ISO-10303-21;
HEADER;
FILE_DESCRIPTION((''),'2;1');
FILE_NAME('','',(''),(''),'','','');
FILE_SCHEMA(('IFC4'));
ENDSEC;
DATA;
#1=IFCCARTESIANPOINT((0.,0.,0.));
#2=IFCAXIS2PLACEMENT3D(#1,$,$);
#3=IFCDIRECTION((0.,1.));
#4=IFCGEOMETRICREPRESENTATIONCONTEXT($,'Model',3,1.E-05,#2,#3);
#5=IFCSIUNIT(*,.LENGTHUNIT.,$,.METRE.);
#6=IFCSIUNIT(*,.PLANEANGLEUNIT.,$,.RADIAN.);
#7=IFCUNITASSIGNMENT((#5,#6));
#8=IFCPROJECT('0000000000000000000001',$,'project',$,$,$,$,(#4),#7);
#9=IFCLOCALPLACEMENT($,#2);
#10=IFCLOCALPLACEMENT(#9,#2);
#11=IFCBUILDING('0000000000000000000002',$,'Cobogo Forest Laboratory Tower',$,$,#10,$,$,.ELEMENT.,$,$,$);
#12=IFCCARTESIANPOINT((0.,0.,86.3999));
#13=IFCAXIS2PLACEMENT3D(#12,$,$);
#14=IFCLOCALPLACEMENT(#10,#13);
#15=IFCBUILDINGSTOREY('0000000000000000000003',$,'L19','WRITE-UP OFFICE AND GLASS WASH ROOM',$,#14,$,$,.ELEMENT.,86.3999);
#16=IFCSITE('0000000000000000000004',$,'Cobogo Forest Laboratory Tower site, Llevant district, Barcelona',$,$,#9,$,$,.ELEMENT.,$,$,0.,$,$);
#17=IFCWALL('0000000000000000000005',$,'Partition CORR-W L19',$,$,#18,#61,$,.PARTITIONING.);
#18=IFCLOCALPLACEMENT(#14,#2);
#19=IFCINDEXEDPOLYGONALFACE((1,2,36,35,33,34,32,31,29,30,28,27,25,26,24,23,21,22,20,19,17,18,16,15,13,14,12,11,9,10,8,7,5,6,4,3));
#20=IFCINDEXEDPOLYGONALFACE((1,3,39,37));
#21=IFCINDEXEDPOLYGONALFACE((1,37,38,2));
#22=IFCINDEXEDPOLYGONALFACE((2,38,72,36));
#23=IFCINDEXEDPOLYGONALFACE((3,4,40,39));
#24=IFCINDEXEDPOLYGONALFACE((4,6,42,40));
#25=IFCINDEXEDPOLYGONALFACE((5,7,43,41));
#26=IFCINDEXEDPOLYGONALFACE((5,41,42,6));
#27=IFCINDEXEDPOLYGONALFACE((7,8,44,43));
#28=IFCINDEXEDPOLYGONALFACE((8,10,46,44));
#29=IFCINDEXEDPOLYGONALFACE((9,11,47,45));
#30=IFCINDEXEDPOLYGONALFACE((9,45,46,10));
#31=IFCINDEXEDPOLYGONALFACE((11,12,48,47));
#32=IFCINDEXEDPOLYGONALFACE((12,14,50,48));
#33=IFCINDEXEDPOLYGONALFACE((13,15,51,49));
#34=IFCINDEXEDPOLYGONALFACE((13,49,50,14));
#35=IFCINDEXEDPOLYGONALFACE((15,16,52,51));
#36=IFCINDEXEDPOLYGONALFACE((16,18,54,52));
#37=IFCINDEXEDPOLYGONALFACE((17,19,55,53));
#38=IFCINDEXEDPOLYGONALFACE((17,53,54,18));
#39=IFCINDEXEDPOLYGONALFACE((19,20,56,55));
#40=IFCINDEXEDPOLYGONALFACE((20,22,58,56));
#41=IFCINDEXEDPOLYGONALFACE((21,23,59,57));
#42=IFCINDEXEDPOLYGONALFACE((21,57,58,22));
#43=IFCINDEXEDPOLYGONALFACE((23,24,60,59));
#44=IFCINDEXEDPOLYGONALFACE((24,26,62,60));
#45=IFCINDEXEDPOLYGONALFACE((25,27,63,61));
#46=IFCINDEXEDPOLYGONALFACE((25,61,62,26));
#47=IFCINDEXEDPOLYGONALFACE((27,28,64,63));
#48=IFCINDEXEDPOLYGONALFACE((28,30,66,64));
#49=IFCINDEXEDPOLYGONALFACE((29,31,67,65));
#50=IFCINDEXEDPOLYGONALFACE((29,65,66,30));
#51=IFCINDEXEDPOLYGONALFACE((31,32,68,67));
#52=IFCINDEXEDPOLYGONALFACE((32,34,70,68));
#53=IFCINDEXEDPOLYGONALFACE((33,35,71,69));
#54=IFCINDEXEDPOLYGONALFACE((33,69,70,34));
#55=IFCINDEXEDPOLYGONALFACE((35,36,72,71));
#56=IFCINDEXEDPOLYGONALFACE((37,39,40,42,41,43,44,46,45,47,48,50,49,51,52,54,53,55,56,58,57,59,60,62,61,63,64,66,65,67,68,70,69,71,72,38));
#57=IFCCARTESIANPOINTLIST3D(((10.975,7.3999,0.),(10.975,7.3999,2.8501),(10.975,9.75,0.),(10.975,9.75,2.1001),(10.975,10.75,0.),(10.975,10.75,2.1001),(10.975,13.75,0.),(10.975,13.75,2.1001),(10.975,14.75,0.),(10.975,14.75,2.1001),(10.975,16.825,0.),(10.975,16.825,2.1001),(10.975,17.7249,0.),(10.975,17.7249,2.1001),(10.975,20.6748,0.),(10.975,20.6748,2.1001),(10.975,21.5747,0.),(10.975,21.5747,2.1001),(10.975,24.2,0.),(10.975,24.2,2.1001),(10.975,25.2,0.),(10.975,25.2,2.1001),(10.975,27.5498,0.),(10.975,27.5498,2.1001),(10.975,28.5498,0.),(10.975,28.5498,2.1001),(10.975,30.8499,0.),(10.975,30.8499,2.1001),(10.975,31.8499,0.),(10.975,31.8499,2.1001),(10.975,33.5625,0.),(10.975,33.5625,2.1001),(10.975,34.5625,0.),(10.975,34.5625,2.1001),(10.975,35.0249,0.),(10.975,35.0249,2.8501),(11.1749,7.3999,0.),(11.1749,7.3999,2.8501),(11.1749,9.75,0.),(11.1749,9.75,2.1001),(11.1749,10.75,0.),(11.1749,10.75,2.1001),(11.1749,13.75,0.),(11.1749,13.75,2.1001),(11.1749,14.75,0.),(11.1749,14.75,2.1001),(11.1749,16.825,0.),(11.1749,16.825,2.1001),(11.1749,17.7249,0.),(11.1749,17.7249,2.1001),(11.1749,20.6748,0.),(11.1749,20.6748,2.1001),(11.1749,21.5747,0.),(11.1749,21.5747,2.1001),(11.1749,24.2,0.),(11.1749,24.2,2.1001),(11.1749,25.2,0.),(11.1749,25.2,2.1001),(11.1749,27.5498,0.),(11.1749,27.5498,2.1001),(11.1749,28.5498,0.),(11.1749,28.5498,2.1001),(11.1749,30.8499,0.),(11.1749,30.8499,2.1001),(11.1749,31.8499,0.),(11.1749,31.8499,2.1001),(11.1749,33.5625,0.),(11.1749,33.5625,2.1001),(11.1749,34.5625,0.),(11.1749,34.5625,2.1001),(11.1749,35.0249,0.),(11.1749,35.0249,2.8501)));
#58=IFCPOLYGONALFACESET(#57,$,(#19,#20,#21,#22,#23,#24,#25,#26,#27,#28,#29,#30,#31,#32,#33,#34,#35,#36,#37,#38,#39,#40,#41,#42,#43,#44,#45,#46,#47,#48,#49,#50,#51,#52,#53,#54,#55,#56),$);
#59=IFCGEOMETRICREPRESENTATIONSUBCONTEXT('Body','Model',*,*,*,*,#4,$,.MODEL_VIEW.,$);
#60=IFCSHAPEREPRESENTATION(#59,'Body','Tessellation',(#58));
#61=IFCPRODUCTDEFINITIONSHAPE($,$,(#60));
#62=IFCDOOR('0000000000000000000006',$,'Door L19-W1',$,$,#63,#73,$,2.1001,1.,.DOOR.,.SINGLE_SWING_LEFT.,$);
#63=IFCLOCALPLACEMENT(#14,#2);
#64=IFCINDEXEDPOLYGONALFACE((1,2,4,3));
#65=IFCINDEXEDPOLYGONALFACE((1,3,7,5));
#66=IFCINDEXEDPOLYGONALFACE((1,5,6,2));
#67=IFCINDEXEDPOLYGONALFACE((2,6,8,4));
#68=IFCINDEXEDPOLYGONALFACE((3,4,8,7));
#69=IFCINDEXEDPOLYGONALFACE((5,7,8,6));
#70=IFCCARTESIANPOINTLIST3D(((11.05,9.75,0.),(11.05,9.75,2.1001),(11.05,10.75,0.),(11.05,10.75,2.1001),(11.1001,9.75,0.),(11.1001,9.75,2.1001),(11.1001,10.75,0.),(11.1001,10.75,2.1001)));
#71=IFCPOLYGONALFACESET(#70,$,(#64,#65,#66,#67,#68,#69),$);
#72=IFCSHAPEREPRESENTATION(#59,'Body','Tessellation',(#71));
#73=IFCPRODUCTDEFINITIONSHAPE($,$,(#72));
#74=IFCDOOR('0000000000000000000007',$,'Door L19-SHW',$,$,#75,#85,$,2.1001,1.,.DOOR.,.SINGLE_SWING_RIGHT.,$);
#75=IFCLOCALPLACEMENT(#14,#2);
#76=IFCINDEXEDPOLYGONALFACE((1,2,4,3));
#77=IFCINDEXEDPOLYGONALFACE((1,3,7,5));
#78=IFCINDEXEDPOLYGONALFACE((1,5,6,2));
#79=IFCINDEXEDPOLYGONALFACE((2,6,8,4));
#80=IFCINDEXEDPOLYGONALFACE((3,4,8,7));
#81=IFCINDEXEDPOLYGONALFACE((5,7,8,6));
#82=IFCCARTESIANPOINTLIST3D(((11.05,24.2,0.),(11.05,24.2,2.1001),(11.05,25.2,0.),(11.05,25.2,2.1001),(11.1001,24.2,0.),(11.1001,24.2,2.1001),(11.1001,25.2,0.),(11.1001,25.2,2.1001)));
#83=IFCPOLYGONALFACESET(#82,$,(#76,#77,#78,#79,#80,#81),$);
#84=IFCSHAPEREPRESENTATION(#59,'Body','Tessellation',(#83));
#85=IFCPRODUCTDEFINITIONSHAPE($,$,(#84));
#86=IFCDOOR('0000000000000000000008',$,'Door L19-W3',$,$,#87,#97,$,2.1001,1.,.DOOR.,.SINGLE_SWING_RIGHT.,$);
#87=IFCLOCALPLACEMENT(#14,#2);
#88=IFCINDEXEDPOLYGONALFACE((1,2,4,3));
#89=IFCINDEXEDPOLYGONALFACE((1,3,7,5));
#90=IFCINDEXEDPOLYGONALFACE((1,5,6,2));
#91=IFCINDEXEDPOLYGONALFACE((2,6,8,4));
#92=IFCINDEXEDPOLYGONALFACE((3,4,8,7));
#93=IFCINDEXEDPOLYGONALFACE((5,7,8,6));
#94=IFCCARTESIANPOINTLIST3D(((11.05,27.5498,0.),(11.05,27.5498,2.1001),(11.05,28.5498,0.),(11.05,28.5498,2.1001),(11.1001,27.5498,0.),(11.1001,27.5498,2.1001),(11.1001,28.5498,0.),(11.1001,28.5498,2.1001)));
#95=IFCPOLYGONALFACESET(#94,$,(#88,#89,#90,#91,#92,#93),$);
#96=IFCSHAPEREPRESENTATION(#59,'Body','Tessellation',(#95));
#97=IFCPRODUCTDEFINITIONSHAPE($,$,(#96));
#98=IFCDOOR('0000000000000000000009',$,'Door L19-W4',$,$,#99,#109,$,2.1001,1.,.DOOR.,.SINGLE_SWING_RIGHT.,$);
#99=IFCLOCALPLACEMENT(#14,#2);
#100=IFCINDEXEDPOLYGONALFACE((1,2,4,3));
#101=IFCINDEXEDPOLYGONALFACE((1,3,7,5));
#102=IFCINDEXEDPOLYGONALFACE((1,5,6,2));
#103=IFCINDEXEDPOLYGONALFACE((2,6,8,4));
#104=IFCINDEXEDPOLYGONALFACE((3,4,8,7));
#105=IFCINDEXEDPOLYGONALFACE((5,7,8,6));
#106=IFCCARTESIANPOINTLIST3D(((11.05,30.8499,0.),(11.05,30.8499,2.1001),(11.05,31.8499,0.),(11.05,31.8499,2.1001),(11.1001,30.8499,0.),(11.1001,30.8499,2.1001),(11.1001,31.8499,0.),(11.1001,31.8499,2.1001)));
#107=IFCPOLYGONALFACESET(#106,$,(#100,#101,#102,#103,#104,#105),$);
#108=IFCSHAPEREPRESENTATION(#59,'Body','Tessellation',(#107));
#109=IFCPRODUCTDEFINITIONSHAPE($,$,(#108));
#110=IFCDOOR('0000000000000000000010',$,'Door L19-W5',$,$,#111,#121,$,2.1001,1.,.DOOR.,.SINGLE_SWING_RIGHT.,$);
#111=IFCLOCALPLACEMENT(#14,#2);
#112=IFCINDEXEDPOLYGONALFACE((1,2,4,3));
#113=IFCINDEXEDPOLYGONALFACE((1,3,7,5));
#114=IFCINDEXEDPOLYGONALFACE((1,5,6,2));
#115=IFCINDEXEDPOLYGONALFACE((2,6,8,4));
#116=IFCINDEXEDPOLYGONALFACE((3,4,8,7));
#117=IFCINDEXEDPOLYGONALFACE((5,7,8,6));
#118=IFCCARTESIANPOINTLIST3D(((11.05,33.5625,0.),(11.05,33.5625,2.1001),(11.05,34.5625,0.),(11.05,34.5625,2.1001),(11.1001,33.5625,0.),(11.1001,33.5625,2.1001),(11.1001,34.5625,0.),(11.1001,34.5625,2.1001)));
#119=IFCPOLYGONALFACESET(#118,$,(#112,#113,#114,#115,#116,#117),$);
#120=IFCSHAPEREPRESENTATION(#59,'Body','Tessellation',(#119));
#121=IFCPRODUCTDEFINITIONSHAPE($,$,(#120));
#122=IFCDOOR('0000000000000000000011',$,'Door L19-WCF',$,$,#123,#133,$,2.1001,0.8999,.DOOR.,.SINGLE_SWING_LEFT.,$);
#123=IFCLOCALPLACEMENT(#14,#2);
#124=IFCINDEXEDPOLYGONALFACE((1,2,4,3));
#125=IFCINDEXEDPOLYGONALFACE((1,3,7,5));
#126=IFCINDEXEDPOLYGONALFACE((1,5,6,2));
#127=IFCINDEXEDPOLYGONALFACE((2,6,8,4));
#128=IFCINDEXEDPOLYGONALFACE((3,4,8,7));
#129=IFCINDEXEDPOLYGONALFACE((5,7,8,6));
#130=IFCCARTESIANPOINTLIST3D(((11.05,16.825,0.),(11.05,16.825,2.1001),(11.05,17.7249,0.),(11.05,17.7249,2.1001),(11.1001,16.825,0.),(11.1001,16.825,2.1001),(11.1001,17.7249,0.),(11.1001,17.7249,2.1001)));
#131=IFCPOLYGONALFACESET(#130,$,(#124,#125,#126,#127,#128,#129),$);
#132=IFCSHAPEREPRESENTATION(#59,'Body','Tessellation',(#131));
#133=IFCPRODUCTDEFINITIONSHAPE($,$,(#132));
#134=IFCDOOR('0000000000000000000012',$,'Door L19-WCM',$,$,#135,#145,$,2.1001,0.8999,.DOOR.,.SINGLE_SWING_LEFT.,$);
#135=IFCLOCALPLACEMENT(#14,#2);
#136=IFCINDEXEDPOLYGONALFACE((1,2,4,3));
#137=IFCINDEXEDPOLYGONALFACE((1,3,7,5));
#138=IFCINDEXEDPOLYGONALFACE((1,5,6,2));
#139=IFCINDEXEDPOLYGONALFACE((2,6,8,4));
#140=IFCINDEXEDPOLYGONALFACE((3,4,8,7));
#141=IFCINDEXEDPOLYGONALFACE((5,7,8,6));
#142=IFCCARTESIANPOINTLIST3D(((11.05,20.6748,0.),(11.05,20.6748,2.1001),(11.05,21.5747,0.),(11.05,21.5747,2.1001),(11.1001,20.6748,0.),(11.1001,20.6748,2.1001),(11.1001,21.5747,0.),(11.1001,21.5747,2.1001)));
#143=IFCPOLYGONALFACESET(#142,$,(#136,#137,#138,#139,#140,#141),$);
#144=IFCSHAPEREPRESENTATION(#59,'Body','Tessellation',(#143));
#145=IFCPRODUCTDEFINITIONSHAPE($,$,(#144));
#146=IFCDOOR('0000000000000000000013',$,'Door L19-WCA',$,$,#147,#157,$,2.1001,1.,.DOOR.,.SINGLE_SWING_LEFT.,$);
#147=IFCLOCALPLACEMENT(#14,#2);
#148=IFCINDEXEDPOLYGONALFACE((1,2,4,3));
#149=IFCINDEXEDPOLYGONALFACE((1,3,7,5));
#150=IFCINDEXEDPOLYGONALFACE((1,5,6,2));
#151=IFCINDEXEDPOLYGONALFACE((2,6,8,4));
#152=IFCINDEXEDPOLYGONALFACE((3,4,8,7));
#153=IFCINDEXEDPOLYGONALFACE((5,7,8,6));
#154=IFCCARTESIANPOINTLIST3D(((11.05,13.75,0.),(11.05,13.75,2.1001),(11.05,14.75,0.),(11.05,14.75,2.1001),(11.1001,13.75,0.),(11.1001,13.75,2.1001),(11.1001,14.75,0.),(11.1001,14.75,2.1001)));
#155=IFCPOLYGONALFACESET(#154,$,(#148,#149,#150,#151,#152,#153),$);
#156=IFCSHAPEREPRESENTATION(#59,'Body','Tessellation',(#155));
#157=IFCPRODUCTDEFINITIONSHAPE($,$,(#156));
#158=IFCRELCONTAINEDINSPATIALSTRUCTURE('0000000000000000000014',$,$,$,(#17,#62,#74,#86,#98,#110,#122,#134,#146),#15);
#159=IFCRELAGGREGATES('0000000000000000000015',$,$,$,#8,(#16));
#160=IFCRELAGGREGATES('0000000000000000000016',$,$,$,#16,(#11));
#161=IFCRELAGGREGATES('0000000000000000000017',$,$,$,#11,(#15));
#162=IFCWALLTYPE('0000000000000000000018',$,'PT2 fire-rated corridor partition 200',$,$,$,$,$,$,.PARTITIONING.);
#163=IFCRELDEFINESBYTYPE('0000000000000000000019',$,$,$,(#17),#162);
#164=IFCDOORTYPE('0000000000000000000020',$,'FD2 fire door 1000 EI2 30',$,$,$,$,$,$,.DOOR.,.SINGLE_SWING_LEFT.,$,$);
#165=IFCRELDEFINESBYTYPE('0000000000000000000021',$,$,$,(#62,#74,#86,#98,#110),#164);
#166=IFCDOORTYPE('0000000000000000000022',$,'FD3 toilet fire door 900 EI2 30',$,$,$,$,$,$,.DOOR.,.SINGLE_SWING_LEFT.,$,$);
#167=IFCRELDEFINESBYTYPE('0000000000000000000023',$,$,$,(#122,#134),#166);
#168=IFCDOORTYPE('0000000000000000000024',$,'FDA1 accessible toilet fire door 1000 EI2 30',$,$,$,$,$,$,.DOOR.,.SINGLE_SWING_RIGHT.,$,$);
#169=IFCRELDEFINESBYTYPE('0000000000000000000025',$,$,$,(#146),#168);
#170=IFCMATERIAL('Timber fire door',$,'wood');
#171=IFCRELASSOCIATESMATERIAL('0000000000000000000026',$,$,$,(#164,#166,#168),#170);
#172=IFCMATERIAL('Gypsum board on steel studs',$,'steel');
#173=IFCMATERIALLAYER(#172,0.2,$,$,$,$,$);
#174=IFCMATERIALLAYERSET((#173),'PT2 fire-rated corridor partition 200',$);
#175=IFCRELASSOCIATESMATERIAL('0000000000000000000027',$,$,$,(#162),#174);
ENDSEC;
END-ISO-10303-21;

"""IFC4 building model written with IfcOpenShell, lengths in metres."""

from ifc_helpers import new_model, si_unit, direction, frame, frame_2d, origin, place, context, subcontext, project, spatial, rectangle, extrude, material, layer, layer_set, type_object, element, fill, save


model = new_model("IFC4")

# Units and contexts
model_context = context("Model", 3, precision=1e-05, world=origin(), true_north=direction((0.0, 1.0)))
body_context = subcontext(model_context, "Body", "Model", "MODEL_VIEW")
ifc_project = project(units=[si_unit("LENGTHUNIT", "METRE"), si_unit("PLANEANGLEUNIT", "RADIAN")], contexts=[model_context])

# Site, building, storey
site_placement = place(None, origin())
site = spatial("IfcSite", under=ifc_project, at=site_placement, Name="Cobogo Forest Laboratory Tower site, Llevant district, Barcelona", CompositionType="ELEMENT", RefElevation=0.0)
building_placement = place(site_placement, origin())
building = spatial("IfcBuilding", under=site, at=building_placement, Name="Cobogo Forest Laboratory Tower", CompositionType="ELEMENT")
storey_placement = place(building_placement, frame((0.0, 0.0, 86.3999)))
storey = spatial("IfcBuildingStorey", under=building, at=storey_placement, Name="L19", Description="WRITE-UP OFFICE AND GLASS WASH ROOM", CompositionType="ELEMENT", Elevation=86.3999)

# Shared definitions
ifc_material_1 = material(Name="Gypsum board on steel studs", Category="steel")
ifc_material_2 = material(Name="Timber fire door", Category="wood")
door_type_1 = type_object("IfcDoorType", Name="FD2 fire door 1000 EI2 30", OperationType="SINGLE_SWING_LEFT", PredefinedType="DOOR", material=ifc_material_2)

# Wall, openings, doors
ifc_layer_1 = layer(ifc_material_1, 0.2)
ifc_layer_set_1 = layer_set([ifc_layer_1], Name="PT2 fire-rated corridor partition 200")
wall_type_1 = type_object("IfcWallType", Name="PT2 fire-rated corridor partition 200", PredefinedType="PARTITIONING", material=ifc_layer_set_1)
wall_1_placement = place(storey_placement, frame((11.075, 7.3999, 0.0), z_axis=(0.0, 0.0, 1.0), x_axis=(0.0, 1.0, 0.0)))
wall_1 = element("IfcWall", 1, at=wall_1_placement, inside=storey, type_object=wall_type_1, Name="Partition CORR-W L19", PredefinedType="PARTITIONING", context=body_context, shape_type="SweptSolid", body=[
    extrude(rectangle(XDim=27.625, YDim=0.2, at=frame_2d((13.8125, 0.0))), origin(), (0.0, 0.0, 1.0), 2.8501),
])
opening_1_placement = place(wall_1_placement, frame((2.3501, 0.0, 0.0)))
opening_1 = element("IfcOpeningElement", 2, at=opening_1_placement, cuts=wall_1, PredefinedType="OPENING", context=body_context, shape_type="SweptSolid", body=[
    extrude(rectangle(XDim=1.0, YDim=2.1001, at=frame_2d((0.5, 1.05))), frame((0.0, 0.1099, 0.0), z_axis=(0.0, -1.0, 0.0), x_axis=(1.0, 0.0, 0.0)), (0.0, 0.0, 1.0), 0.22),
])
opening_2_placement = place(wall_1_placement, frame((6.3501, 0.0, 0.0)))
opening_2 = element("IfcOpeningElement", 3, at=opening_2_placement, cuts=wall_1, PredefinedType="OPENING", context=body_context, shape_type="SweptSolid", body=[
    extrude(rectangle(XDim=1.0, YDim=2.1001, at=frame_2d((0.5, 1.05))), frame((0.0, 0.1099, 0.0), z_axis=(0.0, -1.0, 0.0), x_axis=(1.0, 0.0, 0.0)), (0.0, 0.0, 1.0), 0.22),
])
opening_3_placement = place(wall_1_placement, frame((9.425, 0.0, 0.0)))
opening_3 = element("IfcOpeningElement", 4, at=opening_3_placement, cuts=wall_1, PredefinedType="OPENING", context=body_context, shape_type="SweptSolid", body=[
    extrude(rectangle(XDim=0.8999, YDim=2.1001, at=frame_2d((0.45, 1.05))), frame((0.0, 0.1099, 0.0), z_axis=(0.0, -1.0, 0.0), x_axis=(1.0, 0.0, 0.0)), (0.0, 0.0, 1.0), 0.22),
])
opening_4_placement = place(wall_1_placement, frame((13.2749, 0.0, 0.0)))
opening_4 = element("IfcOpeningElement", 5, at=opening_4_placement, cuts=wall_1, PredefinedType="OPENING", context=body_context, shape_type="SweptSolid", body=[
    extrude(rectangle(XDim=0.8999, YDim=2.1001, at=frame_2d((0.45, 1.05))), frame((0.0, 0.1099, 0.0), z_axis=(0.0, -1.0, 0.0), x_axis=(1.0, 0.0, 0.0)), (0.0, 0.0, 1.0), 0.22),
])
opening_5_placement = place(wall_1_placement, frame((16.8, 0.0, 0.0)))
opening_5 = element("IfcOpeningElement", 6, at=opening_5_placement, cuts=wall_1, PredefinedType="OPENING", context=body_context, shape_type="SweptSolid", body=[
    extrude(rectangle(XDim=1.0, YDim=2.1001, at=frame_2d((0.5, 1.05))), frame((0.0, 0.1099, 0.0), z_axis=(0.0, -1.0, 0.0), x_axis=(1.0, 0.0, 0.0)), (0.0, 0.0, 1.0), 0.22),
])
opening_6_placement = place(wall_1_placement, frame((20.1499, 0.0, 0.0)))
opening_6 = element("IfcOpeningElement", 7, at=opening_6_placement, cuts=wall_1, PredefinedType="OPENING", context=body_context, shape_type="SweptSolid", body=[
    extrude(rectangle(XDim=1.0, YDim=2.1001, at=frame_2d((0.5, 1.05))), frame((0.0, 0.1099, 0.0), z_axis=(0.0, -1.0, 0.0), x_axis=(1.0, 0.0, 0.0)), (0.0, 0.0, 1.0), 0.22),
])
opening_7_placement = place(wall_1_placement, frame((23.45, 0.0, 0.0)))
opening_7 = element("IfcOpeningElement", 8, at=opening_7_placement, cuts=wall_1, PredefinedType="OPENING", context=body_context, shape_type="SweptSolid", body=[
    extrude(rectangle(XDim=1.0, YDim=2.1001, at=frame_2d((0.5, 1.05))), frame((0.0, 0.1099, 0.0), z_axis=(0.0, -1.0, 0.0), x_axis=(1.0, 0.0, 0.0)), (0.0, 0.0, 1.0), 0.22),
])
opening_8_placement = place(wall_1_placement, frame((26.1626, 0.0, 0.0)))
opening_8 = element("IfcOpeningElement", 9, at=opening_8_placement, cuts=wall_1, PredefinedType="OPENING", context=body_context, shape_type="SweptSolid", body=[
    extrude(rectangle(XDim=1.0, YDim=2.1001, at=frame_2d((0.5, 1.05))), frame((0.0, 0.1099, 0.0), z_axis=(0.0, -1.0, 0.0), x_axis=(1.0, 0.0, 0.0)), (0.0, 0.0, 1.0), 0.22),
])
door_1_placement = place(opening_1_placement, origin())
door_1 = element("IfcDoor", 10, at=door_1_placement, inside=storey, type_object=door_type_1, Name="Door L19-W1", OperationType="SINGLE_SWING_LEFT", OverallHeight=2.1001, OverallWidth=1.0, PredefinedType="DOOR", context=body_context, shape_type="SweptSolid", body=[
    extrude(rectangle(XDim=1.0, YDim=2.1001, at=frame_2d((0.5, 1.05))), frame((0.0, 0.0249, 0.0), z_axis=(0.0, -1.0, 0.0), x_axis=(1.0, 0.0, 0.0)), (0.0, 0.0, 1.0), 0.05),
])
fill(opening_1, door_1)
door_2_placement = place(opening_5_placement, origin())
door_2 = element("IfcDoor", 11, at=door_2_placement, inside=storey, type_object=door_type_1, Name="Door L19-SHW", OperationType="SINGLE_SWING_RIGHT", OverallHeight=2.1001, OverallWidth=1.0, PredefinedType="DOOR", context=body_context, shape_type="SweptSolid", body=[
    extrude(rectangle(XDim=1.0, YDim=2.1001, at=frame_2d((0.5, 1.05))), frame((0.0, 0.0249, 0.0), z_axis=(0.0, -1.0, 0.0), x_axis=(1.0, 0.0, 0.0)), (0.0, 0.0, 1.0), 0.05),
])
fill(opening_5, door_2)
door_3_placement = place(opening_6_placement, origin())
door_3 = element("IfcDoor", 12, at=door_3_placement, inside=storey, type_object=door_type_1, Name="Door L19-W3", OperationType="SINGLE_SWING_RIGHT", OverallHeight=2.1001, OverallWidth=1.0, PredefinedType="DOOR", context=body_context, shape_type="SweptSolid", body=[
    extrude(rectangle(XDim=1.0, YDim=2.1001, at=frame_2d((0.5, 1.05))), frame((0.0, 0.0249, 0.0), z_axis=(0.0, -1.0, 0.0), x_axis=(1.0, 0.0, 0.0)), (0.0, 0.0, 1.0), 0.05),
])
fill(opening_6, door_3)
door_4_placement = place(opening_7_placement, origin())
door_4 = element("IfcDoor", 13, at=door_4_placement, inside=storey, type_object=door_type_1, Name="Door L19-W4", OperationType="SINGLE_SWING_RIGHT", OverallHeight=2.1001, OverallWidth=1.0, PredefinedType="DOOR", context=body_context, shape_type="SweptSolid", body=[
    extrude(rectangle(XDim=1.0, YDim=2.1001, at=frame_2d((0.5, 1.05))), frame((0.0, 0.0249, 0.0), z_axis=(0.0, -1.0, 0.0), x_axis=(1.0, 0.0, 0.0)), (0.0, 0.0, 1.0), 0.05),
])
fill(opening_7, door_4)
door_5_placement = place(opening_8_placement, origin())
door_5 = element("IfcDoor", 14, at=door_5_placement, inside=storey, type_object=door_type_1, Name="Door L19-W5", OperationType="SINGLE_SWING_RIGHT", OverallHeight=2.1001, OverallWidth=1.0, PredefinedType="DOOR", context=body_context, shape_type="SweptSolid", body=[
    extrude(rectangle(XDim=1.0, YDim=2.1001, at=frame_2d((0.5, 1.05))), frame((0.0, 0.0249, 0.0), z_axis=(0.0, -1.0, 0.0), x_axis=(1.0, 0.0, 0.0)), (0.0, 0.0, 1.0), 0.05),
])
fill(opening_8, door_5)
door_type_2 = type_object("IfcDoorType", Name="FD3 toilet fire door 900 EI2 30", OperationType="SINGLE_SWING_LEFT", PredefinedType="DOOR", material=ifc_material_2)
door_6_placement = place(opening_3_placement, origin())
door_6 = element("IfcDoor", 15, at=door_6_placement, inside=storey, type_object=door_type_2, Name="Door L19-WCF", OperationType="SINGLE_SWING_LEFT", OverallHeight=2.1001, OverallWidth=0.8999, PredefinedType="DOOR", context=body_context, shape_type="SweptSolid", body=[
    extrude(rectangle(XDim=0.8999, YDim=2.1001, at=frame_2d((0.45, 1.05))), frame((0.0, 0.0249, 0.0), z_axis=(0.0, -1.0, 0.0), x_axis=(1.0, 0.0, 0.0)), (0.0, 0.0, 1.0), 0.05),
])
fill(opening_3, door_6)
door_7_placement = place(opening_4_placement, origin())
door_7 = element("IfcDoor", 16, at=door_7_placement, inside=storey, type_object=door_type_2, Name="Door L19-WCM", OperationType="SINGLE_SWING_LEFT", OverallHeight=2.1001, OverallWidth=0.8999, PredefinedType="DOOR", context=body_context, shape_type="SweptSolid", body=[
    extrude(rectangle(XDim=0.8999, YDim=2.1001, at=frame_2d((0.45, 1.05))), frame((0.0, 0.0249, 0.0), z_axis=(0.0, -1.0, 0.0), x_axis=(1.0, 0.0, 0.0)), (0.0, 0.0, 1.0), 0.05),
])
fill(opening_4, door_7)
door_type_3 = type_object("IfcDoorType", Name="FDA1 accessible toilet fire door 1000 EI2 30", OperationType="SINGLE_SWING_RIGHT", PredefinedType="DOOR", material=ifc_material_2)
door_8_placement = place(opening_2_placement, origin())
door_8 = element("IfcDoor", 17, at=door_8_placement, inside=storey, type_object=door_type_3, Name="Door L19-WCA", OperationType="SINGLE_SWING_LEFT", OverallHeight=2.1001, OverallWidth=1.0, PredefinedType="DOOR", context=body_context, shape_type="SweptSolid", body=[
    extrude(rectangle(XDim=1.0, YDim=2.1001, at=frame_2d((0.5, 1.05))), frame((0.0, 0.0249, 0.0), z_axis=(0.0, -1.0, 0.0), x_axis=(1.0, 0.0, 0.0)), (0.0, 0.0, 1.0), 0.05),
])
fill(opening_2, door_8)

save(model, "model.ifc")
